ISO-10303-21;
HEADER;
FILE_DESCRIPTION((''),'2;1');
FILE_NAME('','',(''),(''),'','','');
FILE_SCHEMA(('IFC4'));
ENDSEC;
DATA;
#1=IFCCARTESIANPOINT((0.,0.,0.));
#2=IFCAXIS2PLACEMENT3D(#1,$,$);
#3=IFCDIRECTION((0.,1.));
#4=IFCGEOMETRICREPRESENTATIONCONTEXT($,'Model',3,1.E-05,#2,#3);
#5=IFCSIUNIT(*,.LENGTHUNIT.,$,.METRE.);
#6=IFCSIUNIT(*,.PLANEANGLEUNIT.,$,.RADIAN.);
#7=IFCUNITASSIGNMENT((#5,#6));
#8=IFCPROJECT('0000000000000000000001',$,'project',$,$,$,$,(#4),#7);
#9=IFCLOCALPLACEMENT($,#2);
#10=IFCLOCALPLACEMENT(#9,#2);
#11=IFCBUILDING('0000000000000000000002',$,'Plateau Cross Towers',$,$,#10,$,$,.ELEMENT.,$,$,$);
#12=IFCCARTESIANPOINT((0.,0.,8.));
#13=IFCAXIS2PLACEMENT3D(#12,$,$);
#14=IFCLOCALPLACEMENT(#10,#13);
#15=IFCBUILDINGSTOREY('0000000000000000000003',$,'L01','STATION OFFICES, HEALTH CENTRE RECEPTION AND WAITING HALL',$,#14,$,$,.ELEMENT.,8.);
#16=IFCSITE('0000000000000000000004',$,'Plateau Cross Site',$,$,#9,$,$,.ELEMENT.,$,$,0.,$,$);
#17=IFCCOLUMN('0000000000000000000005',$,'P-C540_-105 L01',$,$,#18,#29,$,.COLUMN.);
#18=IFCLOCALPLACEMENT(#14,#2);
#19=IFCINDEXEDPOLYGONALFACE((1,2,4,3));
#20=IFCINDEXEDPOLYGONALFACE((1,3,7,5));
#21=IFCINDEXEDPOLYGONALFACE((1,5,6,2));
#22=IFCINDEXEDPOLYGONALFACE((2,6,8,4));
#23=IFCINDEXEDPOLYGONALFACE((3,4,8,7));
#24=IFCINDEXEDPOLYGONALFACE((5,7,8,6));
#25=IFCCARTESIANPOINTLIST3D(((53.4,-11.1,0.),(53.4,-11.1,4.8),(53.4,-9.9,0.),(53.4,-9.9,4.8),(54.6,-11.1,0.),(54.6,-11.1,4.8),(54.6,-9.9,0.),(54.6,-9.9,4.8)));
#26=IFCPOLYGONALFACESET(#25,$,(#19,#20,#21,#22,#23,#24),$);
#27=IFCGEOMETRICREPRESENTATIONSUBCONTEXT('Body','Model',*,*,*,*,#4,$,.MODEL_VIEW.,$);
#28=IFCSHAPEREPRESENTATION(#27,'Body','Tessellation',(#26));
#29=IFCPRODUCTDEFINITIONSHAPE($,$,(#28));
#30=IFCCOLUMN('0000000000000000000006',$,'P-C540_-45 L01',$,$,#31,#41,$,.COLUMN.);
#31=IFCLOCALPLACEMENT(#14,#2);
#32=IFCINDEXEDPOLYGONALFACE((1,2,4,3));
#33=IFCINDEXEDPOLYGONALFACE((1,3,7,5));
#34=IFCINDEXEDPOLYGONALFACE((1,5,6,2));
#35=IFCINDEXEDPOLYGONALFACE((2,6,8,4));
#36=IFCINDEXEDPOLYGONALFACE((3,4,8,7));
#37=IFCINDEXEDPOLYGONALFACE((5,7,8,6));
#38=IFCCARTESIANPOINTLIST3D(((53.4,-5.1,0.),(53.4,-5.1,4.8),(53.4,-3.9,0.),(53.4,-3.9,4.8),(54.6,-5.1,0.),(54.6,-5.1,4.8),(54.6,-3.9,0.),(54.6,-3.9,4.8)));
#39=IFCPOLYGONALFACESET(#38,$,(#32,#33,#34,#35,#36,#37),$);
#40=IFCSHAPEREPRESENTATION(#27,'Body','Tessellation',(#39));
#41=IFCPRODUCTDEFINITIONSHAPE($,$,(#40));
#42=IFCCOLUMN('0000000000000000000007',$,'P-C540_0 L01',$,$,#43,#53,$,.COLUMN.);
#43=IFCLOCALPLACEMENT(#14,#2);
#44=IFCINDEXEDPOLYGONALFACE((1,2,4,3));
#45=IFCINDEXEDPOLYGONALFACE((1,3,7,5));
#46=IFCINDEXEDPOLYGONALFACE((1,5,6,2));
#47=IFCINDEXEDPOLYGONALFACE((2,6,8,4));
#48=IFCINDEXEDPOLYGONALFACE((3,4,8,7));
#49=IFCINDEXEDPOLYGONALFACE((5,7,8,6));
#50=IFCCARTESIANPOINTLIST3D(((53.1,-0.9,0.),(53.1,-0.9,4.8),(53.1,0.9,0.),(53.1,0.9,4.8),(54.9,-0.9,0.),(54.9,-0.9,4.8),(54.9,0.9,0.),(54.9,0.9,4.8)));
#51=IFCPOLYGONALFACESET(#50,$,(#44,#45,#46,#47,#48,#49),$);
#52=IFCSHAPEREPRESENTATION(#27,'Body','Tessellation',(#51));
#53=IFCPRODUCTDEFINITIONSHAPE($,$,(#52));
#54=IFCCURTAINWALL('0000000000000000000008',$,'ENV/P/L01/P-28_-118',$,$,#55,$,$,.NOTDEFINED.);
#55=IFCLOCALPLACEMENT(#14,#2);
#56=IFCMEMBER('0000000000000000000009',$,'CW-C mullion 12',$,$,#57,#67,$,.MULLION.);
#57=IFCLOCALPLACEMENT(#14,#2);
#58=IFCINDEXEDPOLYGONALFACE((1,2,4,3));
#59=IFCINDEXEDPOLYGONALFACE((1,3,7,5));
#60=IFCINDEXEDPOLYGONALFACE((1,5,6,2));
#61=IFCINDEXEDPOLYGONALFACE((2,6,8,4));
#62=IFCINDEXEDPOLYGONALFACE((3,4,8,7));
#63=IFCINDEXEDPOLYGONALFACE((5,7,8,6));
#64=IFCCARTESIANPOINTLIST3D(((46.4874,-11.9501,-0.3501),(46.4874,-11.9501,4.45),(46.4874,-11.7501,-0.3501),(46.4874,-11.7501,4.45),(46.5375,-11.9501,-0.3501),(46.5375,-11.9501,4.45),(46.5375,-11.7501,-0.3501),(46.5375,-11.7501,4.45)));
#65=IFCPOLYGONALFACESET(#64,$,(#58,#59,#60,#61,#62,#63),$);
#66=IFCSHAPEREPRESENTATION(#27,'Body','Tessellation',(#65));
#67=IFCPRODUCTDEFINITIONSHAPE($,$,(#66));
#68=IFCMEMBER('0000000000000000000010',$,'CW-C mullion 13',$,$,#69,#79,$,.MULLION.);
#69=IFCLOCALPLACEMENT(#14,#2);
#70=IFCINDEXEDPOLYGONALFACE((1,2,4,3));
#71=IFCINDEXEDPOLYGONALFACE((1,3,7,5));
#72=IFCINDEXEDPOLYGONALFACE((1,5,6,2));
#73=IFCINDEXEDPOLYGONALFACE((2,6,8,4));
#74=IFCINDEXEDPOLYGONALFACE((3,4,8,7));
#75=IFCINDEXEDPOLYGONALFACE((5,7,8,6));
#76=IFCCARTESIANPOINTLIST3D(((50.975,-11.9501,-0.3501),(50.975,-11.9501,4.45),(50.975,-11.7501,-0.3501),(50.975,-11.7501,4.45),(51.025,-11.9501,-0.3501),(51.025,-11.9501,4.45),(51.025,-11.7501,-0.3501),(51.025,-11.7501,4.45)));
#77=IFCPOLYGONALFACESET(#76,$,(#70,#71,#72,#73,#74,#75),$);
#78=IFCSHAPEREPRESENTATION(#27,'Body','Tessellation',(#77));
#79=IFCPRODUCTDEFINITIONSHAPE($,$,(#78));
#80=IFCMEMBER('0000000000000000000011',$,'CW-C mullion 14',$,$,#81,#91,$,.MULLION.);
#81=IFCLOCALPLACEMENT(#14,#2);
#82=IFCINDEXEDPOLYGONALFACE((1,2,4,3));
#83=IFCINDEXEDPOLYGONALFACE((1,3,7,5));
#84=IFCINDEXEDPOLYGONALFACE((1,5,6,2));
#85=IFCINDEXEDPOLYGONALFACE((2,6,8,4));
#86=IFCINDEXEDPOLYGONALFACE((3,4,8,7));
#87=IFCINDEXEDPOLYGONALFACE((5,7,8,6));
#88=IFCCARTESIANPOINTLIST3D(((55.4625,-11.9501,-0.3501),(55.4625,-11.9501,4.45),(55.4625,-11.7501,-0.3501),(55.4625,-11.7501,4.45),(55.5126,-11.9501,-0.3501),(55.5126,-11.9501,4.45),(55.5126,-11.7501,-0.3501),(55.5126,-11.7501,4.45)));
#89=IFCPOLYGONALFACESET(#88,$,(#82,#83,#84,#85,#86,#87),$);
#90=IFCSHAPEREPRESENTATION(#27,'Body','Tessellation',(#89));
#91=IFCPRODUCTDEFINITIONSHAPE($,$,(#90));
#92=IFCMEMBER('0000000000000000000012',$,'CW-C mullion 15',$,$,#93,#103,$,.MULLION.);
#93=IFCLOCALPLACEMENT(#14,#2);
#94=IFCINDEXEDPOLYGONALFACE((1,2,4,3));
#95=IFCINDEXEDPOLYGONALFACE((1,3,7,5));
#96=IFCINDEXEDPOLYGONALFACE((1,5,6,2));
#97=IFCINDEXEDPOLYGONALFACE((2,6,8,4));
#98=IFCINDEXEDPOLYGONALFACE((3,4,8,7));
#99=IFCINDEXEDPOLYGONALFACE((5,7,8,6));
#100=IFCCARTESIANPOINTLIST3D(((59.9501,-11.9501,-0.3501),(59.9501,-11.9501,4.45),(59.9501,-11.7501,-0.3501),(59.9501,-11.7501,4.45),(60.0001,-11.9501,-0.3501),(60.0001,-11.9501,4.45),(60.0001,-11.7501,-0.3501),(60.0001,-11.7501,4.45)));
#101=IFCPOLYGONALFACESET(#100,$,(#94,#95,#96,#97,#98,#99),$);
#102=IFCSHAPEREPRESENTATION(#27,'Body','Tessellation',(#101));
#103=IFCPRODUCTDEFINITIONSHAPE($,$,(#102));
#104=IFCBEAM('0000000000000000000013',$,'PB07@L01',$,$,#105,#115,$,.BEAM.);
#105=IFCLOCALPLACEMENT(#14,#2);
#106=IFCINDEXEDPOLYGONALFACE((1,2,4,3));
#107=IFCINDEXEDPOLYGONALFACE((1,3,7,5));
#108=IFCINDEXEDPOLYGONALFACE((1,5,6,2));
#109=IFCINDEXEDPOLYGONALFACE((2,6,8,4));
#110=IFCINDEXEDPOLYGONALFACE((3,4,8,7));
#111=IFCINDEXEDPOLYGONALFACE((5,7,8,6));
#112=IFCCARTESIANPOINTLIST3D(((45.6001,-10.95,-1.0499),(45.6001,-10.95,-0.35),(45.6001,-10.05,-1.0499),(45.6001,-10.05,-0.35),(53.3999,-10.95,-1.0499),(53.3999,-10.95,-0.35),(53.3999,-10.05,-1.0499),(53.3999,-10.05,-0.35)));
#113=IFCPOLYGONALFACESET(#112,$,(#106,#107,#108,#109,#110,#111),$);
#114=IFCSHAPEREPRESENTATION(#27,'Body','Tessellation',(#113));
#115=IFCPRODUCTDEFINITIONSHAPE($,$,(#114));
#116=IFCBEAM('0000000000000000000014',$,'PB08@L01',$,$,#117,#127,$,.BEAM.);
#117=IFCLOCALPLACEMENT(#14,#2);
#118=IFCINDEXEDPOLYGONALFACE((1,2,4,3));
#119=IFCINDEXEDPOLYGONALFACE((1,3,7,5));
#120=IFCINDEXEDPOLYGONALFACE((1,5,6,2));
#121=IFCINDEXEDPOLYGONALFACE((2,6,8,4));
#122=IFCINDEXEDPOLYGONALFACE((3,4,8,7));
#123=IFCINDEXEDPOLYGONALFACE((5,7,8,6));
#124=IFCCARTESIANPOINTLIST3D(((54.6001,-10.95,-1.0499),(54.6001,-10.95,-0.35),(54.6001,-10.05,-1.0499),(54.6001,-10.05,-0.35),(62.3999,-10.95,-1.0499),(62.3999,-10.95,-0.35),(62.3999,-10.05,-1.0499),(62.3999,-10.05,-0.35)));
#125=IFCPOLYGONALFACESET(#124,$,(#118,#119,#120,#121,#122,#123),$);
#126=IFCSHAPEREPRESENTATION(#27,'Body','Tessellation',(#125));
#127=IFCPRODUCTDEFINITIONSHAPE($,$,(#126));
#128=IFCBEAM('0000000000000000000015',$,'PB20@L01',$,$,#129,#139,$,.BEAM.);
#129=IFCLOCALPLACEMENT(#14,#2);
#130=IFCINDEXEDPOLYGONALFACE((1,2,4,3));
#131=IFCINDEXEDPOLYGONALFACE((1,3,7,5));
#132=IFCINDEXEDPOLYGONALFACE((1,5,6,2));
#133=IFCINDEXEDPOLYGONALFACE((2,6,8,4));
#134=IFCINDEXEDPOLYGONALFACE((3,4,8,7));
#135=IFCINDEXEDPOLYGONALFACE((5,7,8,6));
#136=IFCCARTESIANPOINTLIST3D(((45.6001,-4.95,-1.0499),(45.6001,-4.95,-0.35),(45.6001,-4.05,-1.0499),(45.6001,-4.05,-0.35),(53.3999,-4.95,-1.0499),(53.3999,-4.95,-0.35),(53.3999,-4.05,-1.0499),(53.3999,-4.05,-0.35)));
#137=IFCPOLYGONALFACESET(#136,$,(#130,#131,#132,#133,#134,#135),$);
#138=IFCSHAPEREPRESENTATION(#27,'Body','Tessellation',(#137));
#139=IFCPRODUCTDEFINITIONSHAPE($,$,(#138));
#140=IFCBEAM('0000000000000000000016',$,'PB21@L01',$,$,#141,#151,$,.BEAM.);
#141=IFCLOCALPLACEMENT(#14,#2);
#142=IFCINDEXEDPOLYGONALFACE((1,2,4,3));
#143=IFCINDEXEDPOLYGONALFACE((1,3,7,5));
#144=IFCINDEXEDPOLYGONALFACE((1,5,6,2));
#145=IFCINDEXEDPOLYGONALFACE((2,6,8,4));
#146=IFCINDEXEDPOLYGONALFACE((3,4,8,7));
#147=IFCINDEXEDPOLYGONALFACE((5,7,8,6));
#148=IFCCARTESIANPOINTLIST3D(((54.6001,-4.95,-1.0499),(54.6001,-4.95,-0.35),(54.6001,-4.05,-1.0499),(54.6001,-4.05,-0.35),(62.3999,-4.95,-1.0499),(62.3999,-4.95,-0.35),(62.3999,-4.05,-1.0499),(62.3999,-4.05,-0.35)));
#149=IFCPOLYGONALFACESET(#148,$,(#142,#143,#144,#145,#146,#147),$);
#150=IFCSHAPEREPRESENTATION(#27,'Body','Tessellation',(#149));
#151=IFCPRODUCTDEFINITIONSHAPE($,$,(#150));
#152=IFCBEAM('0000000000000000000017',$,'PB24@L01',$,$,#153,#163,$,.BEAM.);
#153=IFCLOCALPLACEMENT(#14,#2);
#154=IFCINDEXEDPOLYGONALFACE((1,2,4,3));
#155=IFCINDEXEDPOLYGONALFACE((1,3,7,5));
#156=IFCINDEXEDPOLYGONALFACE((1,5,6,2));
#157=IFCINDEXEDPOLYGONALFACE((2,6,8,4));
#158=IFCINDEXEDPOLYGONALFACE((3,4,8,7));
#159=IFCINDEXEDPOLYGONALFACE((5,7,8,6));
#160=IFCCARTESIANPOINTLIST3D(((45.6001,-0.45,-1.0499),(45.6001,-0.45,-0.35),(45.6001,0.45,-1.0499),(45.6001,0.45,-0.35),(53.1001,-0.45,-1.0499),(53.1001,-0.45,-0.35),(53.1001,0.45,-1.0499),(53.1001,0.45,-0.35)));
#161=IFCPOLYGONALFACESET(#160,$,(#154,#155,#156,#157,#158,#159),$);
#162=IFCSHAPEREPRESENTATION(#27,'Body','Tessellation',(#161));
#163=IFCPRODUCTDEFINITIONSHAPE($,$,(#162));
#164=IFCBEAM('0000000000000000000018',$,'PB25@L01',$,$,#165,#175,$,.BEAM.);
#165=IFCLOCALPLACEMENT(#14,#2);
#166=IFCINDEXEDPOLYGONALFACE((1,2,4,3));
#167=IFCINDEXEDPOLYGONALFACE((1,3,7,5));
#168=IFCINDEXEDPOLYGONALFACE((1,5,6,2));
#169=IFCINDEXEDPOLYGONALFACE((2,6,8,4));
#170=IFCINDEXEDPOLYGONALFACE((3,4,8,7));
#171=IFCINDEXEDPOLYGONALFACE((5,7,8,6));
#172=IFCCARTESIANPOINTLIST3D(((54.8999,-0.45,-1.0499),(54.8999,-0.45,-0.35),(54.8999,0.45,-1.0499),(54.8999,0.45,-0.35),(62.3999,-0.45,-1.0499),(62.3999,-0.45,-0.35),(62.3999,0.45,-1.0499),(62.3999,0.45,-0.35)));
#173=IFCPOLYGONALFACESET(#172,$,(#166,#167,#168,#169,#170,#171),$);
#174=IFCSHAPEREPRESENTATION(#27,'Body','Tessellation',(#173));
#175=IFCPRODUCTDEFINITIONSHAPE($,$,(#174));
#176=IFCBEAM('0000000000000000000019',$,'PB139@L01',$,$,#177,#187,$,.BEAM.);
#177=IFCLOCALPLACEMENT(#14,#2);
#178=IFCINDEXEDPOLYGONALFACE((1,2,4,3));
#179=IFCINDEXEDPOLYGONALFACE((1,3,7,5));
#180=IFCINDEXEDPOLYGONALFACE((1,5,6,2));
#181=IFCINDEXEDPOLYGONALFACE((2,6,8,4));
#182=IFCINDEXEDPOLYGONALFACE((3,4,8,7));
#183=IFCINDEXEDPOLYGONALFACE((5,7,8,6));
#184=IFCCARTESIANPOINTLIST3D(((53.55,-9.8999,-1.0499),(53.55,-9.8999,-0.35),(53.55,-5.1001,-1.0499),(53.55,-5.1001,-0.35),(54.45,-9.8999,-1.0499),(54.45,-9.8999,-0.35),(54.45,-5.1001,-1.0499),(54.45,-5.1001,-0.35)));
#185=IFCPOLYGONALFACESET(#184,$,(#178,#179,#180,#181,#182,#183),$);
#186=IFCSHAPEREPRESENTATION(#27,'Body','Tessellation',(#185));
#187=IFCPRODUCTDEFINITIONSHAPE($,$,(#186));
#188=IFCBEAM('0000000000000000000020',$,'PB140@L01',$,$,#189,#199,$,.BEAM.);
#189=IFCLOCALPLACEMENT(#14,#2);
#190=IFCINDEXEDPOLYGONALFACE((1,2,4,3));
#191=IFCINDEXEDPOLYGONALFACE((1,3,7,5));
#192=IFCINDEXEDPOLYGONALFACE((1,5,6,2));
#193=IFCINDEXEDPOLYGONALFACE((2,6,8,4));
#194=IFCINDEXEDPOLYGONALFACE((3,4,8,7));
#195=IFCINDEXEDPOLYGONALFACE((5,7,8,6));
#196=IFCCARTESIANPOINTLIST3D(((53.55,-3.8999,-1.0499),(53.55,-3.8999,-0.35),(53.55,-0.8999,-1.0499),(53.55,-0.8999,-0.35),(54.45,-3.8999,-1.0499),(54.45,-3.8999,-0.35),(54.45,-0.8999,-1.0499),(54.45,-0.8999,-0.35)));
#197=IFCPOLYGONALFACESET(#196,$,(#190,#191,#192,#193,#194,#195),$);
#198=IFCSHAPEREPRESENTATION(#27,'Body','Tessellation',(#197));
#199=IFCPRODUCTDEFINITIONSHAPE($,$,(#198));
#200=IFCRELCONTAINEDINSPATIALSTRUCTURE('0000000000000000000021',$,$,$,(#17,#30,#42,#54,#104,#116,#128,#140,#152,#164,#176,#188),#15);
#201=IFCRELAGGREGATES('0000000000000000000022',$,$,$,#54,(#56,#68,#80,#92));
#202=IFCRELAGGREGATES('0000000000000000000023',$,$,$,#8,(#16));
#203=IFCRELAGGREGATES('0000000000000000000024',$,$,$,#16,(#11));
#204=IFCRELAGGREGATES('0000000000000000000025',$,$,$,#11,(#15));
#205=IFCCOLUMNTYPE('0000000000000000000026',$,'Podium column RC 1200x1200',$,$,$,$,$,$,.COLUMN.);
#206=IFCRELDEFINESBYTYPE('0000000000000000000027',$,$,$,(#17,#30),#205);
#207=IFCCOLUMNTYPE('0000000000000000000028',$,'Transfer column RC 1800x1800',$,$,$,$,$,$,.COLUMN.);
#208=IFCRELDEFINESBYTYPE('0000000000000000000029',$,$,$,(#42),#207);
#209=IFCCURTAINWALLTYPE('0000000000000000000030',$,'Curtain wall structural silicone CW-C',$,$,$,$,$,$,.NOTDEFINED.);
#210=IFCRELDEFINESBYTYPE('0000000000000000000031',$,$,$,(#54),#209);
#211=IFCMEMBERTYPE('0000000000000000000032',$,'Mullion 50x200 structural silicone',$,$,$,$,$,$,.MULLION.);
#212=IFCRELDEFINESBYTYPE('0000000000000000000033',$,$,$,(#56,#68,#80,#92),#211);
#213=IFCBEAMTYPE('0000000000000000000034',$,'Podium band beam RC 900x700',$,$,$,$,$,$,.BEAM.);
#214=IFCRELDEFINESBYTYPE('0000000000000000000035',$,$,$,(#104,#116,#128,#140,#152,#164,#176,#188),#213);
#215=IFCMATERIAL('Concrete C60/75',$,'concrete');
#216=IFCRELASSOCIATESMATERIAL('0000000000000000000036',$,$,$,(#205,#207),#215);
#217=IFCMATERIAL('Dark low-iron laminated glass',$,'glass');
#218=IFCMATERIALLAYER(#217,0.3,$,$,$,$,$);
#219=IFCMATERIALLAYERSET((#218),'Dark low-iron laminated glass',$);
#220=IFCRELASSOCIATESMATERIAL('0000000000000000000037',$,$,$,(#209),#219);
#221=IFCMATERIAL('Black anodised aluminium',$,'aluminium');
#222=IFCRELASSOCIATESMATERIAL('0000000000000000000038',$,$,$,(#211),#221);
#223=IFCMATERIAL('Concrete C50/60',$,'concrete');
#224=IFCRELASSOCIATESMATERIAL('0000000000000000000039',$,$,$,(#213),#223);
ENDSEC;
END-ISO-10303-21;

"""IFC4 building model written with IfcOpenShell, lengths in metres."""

from ifc_helpers import new_model, si_unit, direction, frame, origin, origin_2d, place, context, subcontext, project, spatial, rectangle, extrude, material, layer, layer_set, material_profile, profile_set, type_object, element, aggregate, save


model = new_model("IFC4")

# Units and contexts
model_context = context("Model", 3, precision=1e-05, world=origin(), true_north=direction((0.0, 1.0)))
body_context = subcontext(model_context, "Body", "Model", "MODEL_VIEW")
ifc_project = project(units=[si_unit("LENGTHUNIT", "METRE"), si_unit("PLANEANGLEUNIT", "RADIAN")], contexts=[model_context])

# Site, building, storey
site_placement = place(None, origin())
site = spatial("IfcSite", under=ifc_project, at=site_placement, Name="Plateau Cross Site", CompositionType="ELEMENT", RefElevation=0.0)
building_placement = place(site_placement, origin())
building = spatial("IfcBuilding", under=site, at=building_placement, Name="Plateau Cross Towers", CompositionType="ELEMENT")
storey_placement = place(building_placement, frame((0.0, 0.0, 8.0)))
storey = spatial("IfcBuildingStorey", under=building, at=storey_placement, Name="L01", Description="STATION OFFICES, HEALTH CENTRE RECEPTION AND WAITING HALL", CompositionType="ELEMENT", Elevation=8.0)

# Columns
ifc_material_1 = material(Name="Concrete C60/75", Category="concrete")
ifc_material_profile_1 = material_profile(ifc_material_1, rectangle(XDim=1.2, YDim=1.2, at=origin_2d()), Name="RC 1200x1200")
ifc_profile_set_1 = profile_set([ifc_material_profile_1], Name="Concrete C60/75")
column_type_1 = type_object("IfcColumnType", Name="Podium column RC 1200x1200", PredefinedType="COLUMN", material=ifc_profile_set_1)
for number, where, z_axis, x_axis, name in (
    (1, (54.0, -10.5, 0.0), (0.0, 0.0, 1.0), (1.0, 0.0, 0.0), "P-C540_-105 L01"),
    (2, (54.0, -4.5, 0.0), (0.0, 0.0, 1.0), (1.0, 0.0, 0.0), "P-C540_-45 L01"),
):
    element("IfcColumn", number, at=place(storey_placement, frame(where, z_axis=z_axis, x_axis=x_axis)), inside=storey, type_object=column_type_1, Name=name, PredefinedType="COLUMN", context=body_context, shape_type="SweptSolid", body=[
        extrude(rectangle(XDim=1.2, YDim=1.2, at=origin_2d()), origin(), (0.0, 0.0, 1.0), 4.8),
    ])
ifc_material_profile_2 = material_profile(ifc_material_1, rectangle(XDim=1.8, YDim=1.8, at=origin_2d()), Name="RC 1800x1800")
ifc_profile_set_2 = profile_set([ifc_material_profile_2], Name="Concrete C60/75")
column_type_2 = type_object("IfcColumnType", Name="Transfer column RC 1800x1800", PredefinedType="COLUMN", material=ifc_profile_set_2)
column_placement = place(storey_placement, frame((54.0, 0.0, 0.0), z_axis=(0.0, 0.0, 1.0), x_axis=(1.0, 0.0, 0.0)))
element("IfcColumn", 3, at=column_placement, inside=storey, type_object=column_type_2, Name="P-C540_0 L01", PredefinedType="COLUMN", context=body_context, shape_type="SweptSolid", body=[
    extrude(rectangle(XDim=1.8, YDim=1.8, at=origin_2d()), origin(), (0.0, 0.0, 1.0), 4.8),
])

# Curtain wall, members
ifc_material_2 = material(Name="Dark low-iron laminated glass", Category="glass")
ifc_layer_1 = layer(ifc_material_2, 0.3)
ifc_layer_set_1 = layer_set([ifc_layer_1], Name="Dark low-iron laminated glass")
curtain_wall_type = type_object("IfcCurtainWallType", Name="Curtain wall structural silicone CW-C", PredefinedType="NOTDEFINED", material=ifc_layer_set_1)
curtain_wall_placement = place(storey_placement, origin())
curtain_wall = element("IfcCurtainWall", 4, at=curtain_wall_placement, inside=storey, type_object=curtain_wall_type, Name="ENV/P/L01/P-28_-118", PredefinedType="NOTDEFINED")
ifc_material_3 = material(Name="Black anodised aluminium", Category="aluminium")
ifc_material_profile_3 = material_profile(ifc_material_3, rectangle(XDim=0.05, YDim=0.2, at=origin_2d()), Name="MULLION 50x200")
ifc_profile_set_3 = profile_set([ifc_material_profile_3], Name="Black anodised aluminium")
member_type = type_object("IfcMemberType", Name="Mullion 50x200 structural silicone", PredefinedType="MULLION", material=ifc_profile_set_3)
member_1_placement = place(storey_placement, frame((46.5125, -11.8501, -0.3501), z_axis=(0.0, 0.0, 1.0), x_axis=(1.0, 0.0, 0.0)))
member_1 = element("IfcMember", 5, at=member_1_placement, type_object=member_type, Name="CW-C mullion 12", PredefinedType="MULLION", context=body_context, shape_type="SweptSolid", body=[
    extrude(rectangle(XDim=0.05, YDim=0.2, at=origin_2d()), origin(), (0.0, 0.0, 1.0), 4.8),
])
member_2_placement = place(storey_placement, frame((51.0, -11.8501, -0.3501), z_axis=(0.0, 0.0, 1.0), x_axis=(1.0, 0.0, 0.0)))
member_2 = element("IfcMember", 6, at=member_2_placement, type_object=member_type, Name="CW-C mullion 13", PredefinedType="MULLION", context=body_context, shape_type="SweptSolid", body=[
    extrude(rectangle(XDim=0.05, YDim=0.2, at=origin_2d()), origin(), (0.0, 0.0, 1.0), 4.8),
])
member_3_placement = place(storey_placement, frame((55.4875, -11.8501, -0.3501), z_axis=(0.0, 0.0, 1.0), x_axis=(1.0, 0.0, 0.0)))
member_3 = element("IfcMember", 7, at=member_3_placement, type_object=member_type, Name="CW-C mullion 14", PredefinedType="MULLION", context=body_context, shape_type="SweptSolid", body=[
    extrude(rectangle(XDim=0.05, YDim=0.2, at=origin_2d()), origin(), (0.0, 0.0, 1.0), 4.8),
])
member_4_placement = place(storey_placement, frame((59.9751, -11.8501, -0.3501), z_axis=(0.0, 0.0, 1.0), x_axis=(1.0, 0.0, 0.0)))
member_4 = element("IfcMember", 8, at=member_4_placement, type_object=member_type, Name="CW-C mullion 15", PredefinedType="MULLION", context=body_context, shape_type="SweptSolid", body=[
    extrude(rectangle(XDim=0.05, YDim=0.2, at=origin_2d()), origin(), (0.0, 0.0, 1.0), 4.8),
])

# Beams
ifc_material_4 = material(Name="Concrete C50/60", Category="concrete")
ifc_material_profile_4 = material_profile(ifc_material_4, rectangle(XDim=0.8999, YDim=0.7, at=origin_2d()), Name="RC 900x700")
ifc_profile_set_4 = profile_set([ifc_material_profile_4], Name="Concrete C50/60")
beam_type = type_object("IfcBeamType", Name="Podium band beam RC 900x700", PredefinedType="BEAM", material=ifc_profile_set_4)
for number, where, z_axis, x_axis, name in (
    (9, (45.6001, -10.5, -0.7), (1.0, 0.0, 0.0), (0.0, 1.0, 0.0), "PB07@L01"),
    (10, (54.6001, -10.5, -0.7), (1.0, 0.0, 0.0), (0.0, 1.0, 0.0), "PB08@L01"),
    (11, (45.6001, -4.5, -0.7), (1.0, 0.0, 0.0), (0.0, 1.0, 0.0), "PB20@L01"),
    (12, (54.6001, -4.5, -0.7), (1.0, 0.0, 0.0), (0.0, 1.0, 0.0), "PB21@L01"),
):
    element("IfcBeam", number, at=place(storey_placement, frame(where, z_axis=z_axis, x_axis=x_axis)), inside=storey, type_object=beam_type, Name=name, PredefinedType="BEAM", context=body_context, shape_type="SweptSolid", body=[
        extrude(rectangle(XDim=0.8999, YDim=0.7, at=origin_2d()), origin(), (0.0, 0.0, 1.0), 7.7998),
    ])
for number, where, z_axis, x_axis, name in (
    (13, (45.6001, 0.0, -0.7), (1.0, 0.0, 0.0), (0.0, 1.0, 0.0), "PB24@L01"),
    (14, (54.8999, 0.0, -0.7), (1.0, 0.0, 0.0), (0.0, 1.0, 0.0), "PB25@L01"),
):
    element("IfcBeam", number, at=place(storey_placement, frame(where, z_axis=z_axis, x_axis=x_axis)), inside=storey, type_object=beam_type, Name=name, PredefinedType="BEAM", context=body_context, shape_type="SweptSolid", body=[
        extrude(rectangle(XDim=0.8999, YDim=0.7, at=origin_2d()), origin(), (0.0, 0.0, 1.0), 7.5),
    ])
beam_1_placement = place(storey_placement, frame((54.0, -9.8999, -0.7), z_axis=(0.0, 1.0, 0.0), x_axis=(-1.0, 0.0, 0.0)))
element("IfcBeam", 15, at=beam_1_placement, inside=storey, type_object=beam_type, Name="PB139@L01", PredefinedType="BEAM", context=body_context, shape_type="SweptSolid", body=[
    extrude(rectangle(XDim=0.8999, YDim=0.7, at=origin_2d()), origin(), (0.0, 0.0, 1.0), 4.7998),
])
beam_2_placement = place(storey_placement, frame((54.0, -3.8999, -0.7), z_axis=(0.0, 1.0, 0.0), x_axis=(-1.0, 0.0, 0.0)))
element("IfcBeam", 16, at=beam_2_placement, inside=storey, type_object=beam_type, Name="PB140@L01", PredefinedType="BEAM", context=body_context, shape_type="SweptSolid", body=[
    extrude(rectangle(XDim=0.8999, YDim=0.7, at=origin_2d()), origin(), (0.0, 0.0, 1.0), 3.0),
])

aggregate(curtain_wall, [member_1, member_2, member_3, member_4])

save(model, "model.ifc")
